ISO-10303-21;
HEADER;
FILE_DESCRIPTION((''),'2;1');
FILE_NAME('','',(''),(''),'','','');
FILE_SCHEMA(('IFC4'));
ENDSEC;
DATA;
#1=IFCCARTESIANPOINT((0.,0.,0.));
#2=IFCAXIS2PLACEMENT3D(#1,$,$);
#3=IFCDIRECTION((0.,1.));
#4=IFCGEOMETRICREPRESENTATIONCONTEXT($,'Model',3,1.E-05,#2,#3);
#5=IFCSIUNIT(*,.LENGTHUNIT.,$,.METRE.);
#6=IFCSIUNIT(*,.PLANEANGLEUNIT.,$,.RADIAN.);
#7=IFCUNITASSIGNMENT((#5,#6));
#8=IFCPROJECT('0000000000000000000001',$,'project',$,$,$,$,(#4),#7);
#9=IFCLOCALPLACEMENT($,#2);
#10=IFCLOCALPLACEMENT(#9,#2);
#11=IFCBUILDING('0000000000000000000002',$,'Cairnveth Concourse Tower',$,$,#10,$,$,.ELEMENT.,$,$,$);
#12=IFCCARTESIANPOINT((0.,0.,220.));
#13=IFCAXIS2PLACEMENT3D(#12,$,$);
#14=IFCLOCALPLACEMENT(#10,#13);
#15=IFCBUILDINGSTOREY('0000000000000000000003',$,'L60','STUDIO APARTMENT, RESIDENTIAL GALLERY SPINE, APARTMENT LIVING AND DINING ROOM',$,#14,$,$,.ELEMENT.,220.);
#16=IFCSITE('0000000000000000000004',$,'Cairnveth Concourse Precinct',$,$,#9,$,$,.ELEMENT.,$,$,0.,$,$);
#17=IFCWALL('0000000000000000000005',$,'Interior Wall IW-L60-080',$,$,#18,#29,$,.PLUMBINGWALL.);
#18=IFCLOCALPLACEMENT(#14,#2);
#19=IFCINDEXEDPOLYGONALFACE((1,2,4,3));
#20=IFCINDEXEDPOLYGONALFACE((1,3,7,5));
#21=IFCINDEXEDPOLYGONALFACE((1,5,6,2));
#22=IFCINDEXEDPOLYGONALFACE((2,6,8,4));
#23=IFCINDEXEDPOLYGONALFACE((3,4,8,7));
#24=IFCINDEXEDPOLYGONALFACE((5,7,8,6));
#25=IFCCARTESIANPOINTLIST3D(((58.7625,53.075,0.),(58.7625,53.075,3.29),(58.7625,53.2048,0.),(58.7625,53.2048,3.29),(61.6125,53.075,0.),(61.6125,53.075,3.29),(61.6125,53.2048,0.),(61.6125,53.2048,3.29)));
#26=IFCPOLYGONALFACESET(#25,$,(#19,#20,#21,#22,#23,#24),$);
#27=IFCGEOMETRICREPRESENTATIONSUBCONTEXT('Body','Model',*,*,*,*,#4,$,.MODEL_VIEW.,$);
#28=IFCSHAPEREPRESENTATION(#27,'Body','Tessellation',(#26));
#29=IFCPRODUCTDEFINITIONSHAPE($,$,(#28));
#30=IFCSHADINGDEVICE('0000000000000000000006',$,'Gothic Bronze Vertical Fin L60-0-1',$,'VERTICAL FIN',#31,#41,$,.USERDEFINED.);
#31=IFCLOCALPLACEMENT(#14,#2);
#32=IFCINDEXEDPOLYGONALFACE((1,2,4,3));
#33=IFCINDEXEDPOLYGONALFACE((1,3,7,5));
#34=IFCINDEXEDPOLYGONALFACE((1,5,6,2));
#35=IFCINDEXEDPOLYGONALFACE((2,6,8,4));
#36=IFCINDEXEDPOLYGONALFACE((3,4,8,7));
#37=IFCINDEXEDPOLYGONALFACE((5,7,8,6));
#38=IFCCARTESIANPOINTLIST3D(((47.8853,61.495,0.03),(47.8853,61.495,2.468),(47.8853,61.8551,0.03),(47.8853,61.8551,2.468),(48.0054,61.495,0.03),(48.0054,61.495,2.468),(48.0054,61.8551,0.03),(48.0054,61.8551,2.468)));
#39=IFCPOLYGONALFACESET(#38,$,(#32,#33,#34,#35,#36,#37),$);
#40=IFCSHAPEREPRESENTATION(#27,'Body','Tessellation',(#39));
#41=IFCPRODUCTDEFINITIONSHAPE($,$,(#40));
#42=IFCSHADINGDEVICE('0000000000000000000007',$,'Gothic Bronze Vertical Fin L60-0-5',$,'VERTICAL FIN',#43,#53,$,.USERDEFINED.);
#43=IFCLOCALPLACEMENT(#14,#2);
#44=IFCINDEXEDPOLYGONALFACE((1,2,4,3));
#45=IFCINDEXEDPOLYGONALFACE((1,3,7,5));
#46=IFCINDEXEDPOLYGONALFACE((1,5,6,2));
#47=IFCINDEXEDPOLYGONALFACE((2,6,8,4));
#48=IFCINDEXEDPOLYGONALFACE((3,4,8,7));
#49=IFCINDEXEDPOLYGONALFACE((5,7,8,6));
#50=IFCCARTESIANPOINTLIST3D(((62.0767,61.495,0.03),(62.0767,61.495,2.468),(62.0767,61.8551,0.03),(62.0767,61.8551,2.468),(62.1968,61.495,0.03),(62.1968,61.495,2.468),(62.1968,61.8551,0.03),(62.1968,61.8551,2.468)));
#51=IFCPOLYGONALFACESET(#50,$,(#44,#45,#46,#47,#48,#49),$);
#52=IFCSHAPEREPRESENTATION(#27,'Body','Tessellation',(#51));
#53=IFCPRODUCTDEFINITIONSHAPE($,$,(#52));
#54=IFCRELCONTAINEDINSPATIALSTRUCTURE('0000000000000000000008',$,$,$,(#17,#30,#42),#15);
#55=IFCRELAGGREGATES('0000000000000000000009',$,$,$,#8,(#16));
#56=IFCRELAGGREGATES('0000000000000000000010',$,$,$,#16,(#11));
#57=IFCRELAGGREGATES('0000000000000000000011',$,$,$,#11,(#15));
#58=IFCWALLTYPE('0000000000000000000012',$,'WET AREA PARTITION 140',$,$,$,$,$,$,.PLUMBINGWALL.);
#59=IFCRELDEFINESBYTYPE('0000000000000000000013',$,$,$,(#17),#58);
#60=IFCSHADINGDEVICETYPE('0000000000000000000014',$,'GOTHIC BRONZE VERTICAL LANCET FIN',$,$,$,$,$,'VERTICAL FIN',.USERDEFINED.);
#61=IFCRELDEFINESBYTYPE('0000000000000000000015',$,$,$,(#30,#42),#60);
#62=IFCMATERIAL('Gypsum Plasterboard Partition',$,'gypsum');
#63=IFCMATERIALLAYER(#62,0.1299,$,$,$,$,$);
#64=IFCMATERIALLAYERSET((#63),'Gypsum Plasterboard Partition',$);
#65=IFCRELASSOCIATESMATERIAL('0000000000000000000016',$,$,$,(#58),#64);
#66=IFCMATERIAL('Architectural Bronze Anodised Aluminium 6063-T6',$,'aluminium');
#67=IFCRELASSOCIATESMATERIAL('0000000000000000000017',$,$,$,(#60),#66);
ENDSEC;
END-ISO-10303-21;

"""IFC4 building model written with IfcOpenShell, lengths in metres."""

from ifc_helpers import new_model, si_unit, direction, frame, frame_2d, origin, origin_2d, place, context, subcontext, project, spatial, rectangle, extrude, material, layer, layer_set, type_object, element, save


model = new_model("IFC4")

# Units and contexts
model_context = context("Model", 3, precision=1e-05, world=origin(), true_north=direction((0.0, 1.0)))
body_context = subcontext(model_context, "Body", "Model", "MODEL_VIEW")
ifc_project = project(units=[si_unit("LENGTHUNIT", "METRE"), si_unit("PLANEANGLEUNIT", "RADIAN")], contexts=[model_context])

# Site, building, storey
site_placement = place(None, origin())
site = spatial("IfcSite", under=ifc_project, at=site_placement, Name="Cairnveth Concourse Precinct", CompositionType="ELEMENT", RefElevation=0.0)
building_placement = place(site_placement, origin())
building = spatial("IfcBuilding", under=site, at=building_placement, Name="Cairnveth Concourse Tower", CompositionType="ELEMENT")
storey_placement = place(building_placement, frame((0.0, 0.0, 220.0)))
storey = spatial("IfcBuildingStorey", under=building, at=storey_placement, Name="L60", Description="STUDIO APARTMENT, RESIDENTIAL GALLERY SPINE, APARTMENT LIVING AND DINING ROOM", CompositionType="ELEMENT", Elevation=220.0)

# Shared definitions
ifc_material_1 = material(Name="Gypsum Plasterboard Partition", Category="gypsum")

# Shared definitions
ifc_layer_1 = layer(ifc_material_1, 0.1299)
ifc_layer_set_1 = layer_set([ifc_layer_1], Name="Gypsum Plasterboard Partition")
wall_type_1 = type_object("IfcWallType", Name="WET AREA PARTITION 140", PredefinedType="PLUMBINGWALL", material=ifc_layer_set_1)

# Wall
wall_1_placement = place(storey_placement, frame((58.7625, 53.1399, 0.0), z_axis=(0.0, 0.0, 1.0), x_axis=(1.0, 0.0, 0.0)))
element("IfcWall", 1, at=wall_1_placement, inside=storey, type_object=wall_type_1, Name="Interior Wall IW-L60-080", PredefinedType="PLUMBINGWALL", context=body_context, shape_type="SweptSolid", body=[
    extrude(rectangle(XDim=2.8501, YDim=0.1299, at=frame_2d((1.425, 0.0))), origin(), (0.0, 0.0, 1.0), 3.29),
])

# Shading devices
ifc_material_2 = material(Name="Architectural Bronze Anodised Aluminium 6063-T6", Category="aluminium")
shading_device_type = type_object("IfcShadingDeviceType", Name="GOTHIC BRONZE VERTICAL LANCET FIN", ElementType="VERTICAL FIN", PredefinedType="USERDEFINED", material=ifc_material_2)
for number, where, z_axis, x_axis, name in (
    (2, (47.9453, 61.675, 0.03), (0.0, 0.0, 1.0), (1.0, 0.0, 0.0), "Gothic Bronze Vertical Fin L60-0-1"),
    (3, (62.1367, 61.675, 0.03), (0.0, 0.0, 1.0), (1.0, 0.0, 0.0), "Gothic Bronze Vertical Fin L60-0-5"),
):
    element("IfcShadingDevice", number, at=place(storey_placement, frame(where, z_axis=z_axis, x_axis=x_axis)), inside=storey, type_object=shading_device_type, Name=name, ObjectType="VERTICAL FIN", PredefinedType="USERDEFINED", context=body_context, shape_type="SweptSolid", body=[
        extrude(rectangle(XDim=0.1201, YDim=0.3601, at=origin_2d()), origin(), (0.0, 0.0, 1.0), 2.438),
    ])

save(model, "model.ifc")
